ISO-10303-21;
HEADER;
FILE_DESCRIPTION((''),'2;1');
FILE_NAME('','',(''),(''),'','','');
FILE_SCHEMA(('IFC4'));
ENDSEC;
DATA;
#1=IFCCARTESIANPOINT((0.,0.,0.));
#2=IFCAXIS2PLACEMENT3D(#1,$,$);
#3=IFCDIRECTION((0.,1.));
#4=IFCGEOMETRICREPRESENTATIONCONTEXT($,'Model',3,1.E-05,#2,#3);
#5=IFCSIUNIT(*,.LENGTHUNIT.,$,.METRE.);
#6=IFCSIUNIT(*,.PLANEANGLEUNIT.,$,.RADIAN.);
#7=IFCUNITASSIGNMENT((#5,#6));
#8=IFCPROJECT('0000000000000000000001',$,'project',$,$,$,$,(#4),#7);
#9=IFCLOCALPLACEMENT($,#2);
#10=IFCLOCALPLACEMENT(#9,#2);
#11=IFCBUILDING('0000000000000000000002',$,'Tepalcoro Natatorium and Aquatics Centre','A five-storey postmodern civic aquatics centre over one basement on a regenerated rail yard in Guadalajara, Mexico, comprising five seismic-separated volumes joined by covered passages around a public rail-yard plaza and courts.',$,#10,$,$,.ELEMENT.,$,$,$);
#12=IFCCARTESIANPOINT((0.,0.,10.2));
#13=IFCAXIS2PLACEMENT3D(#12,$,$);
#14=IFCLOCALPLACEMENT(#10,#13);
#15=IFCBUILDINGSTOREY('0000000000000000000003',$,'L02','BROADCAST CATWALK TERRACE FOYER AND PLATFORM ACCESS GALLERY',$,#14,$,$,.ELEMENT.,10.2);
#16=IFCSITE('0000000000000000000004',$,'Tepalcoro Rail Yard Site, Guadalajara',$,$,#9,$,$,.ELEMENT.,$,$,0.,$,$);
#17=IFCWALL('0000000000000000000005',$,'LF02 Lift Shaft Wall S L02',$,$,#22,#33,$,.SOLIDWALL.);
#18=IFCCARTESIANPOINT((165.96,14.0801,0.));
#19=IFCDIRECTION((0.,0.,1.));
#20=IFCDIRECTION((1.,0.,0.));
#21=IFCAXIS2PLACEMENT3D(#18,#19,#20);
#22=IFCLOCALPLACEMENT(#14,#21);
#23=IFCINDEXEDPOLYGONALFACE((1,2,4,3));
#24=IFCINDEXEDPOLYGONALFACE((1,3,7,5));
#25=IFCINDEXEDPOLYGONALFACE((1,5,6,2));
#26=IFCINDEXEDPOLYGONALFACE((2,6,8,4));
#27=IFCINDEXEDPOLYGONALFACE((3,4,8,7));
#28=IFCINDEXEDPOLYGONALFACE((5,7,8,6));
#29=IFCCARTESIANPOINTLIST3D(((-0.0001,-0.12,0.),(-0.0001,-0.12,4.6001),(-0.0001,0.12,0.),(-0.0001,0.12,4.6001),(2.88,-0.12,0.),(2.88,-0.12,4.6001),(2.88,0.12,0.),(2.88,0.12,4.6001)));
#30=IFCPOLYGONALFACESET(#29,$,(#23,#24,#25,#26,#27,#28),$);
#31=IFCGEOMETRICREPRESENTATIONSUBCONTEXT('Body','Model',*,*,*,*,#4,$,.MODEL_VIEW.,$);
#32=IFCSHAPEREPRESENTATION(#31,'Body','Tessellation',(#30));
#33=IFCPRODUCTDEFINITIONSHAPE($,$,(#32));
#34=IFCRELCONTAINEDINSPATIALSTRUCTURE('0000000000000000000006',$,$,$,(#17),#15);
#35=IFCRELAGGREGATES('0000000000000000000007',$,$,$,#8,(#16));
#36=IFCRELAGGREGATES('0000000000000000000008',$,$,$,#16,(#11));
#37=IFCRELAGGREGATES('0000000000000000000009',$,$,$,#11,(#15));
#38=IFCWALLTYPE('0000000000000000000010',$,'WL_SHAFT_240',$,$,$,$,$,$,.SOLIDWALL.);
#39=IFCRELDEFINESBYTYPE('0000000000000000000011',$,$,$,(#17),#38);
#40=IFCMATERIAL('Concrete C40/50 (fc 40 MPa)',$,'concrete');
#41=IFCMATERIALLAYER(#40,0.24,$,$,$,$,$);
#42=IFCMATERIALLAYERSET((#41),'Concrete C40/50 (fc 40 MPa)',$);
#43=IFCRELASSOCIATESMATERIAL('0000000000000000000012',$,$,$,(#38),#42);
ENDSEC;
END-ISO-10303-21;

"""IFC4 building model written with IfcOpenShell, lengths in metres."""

from ifc_helpers import new_model, si_unit, direction, frame, frame_2d, origin, place, context, subcontext, project, spatial, rectangle, extrude, material, layer, layer_set, type_object, element, save


model = new_model("IFC4")

# Units and contexts
model_context = context("Model", 3, precision=1e-05, world=origin(), true_north=direction((0.0, 1.0)))
body_context = subcontext(model_context, "Body", "Model", "MODEL_VIEW")
ifc_project = project(units=[si_unit("LENGTHUNIT", "METRE"), si_unit("PLANEANGLEUNIT", "RADIAN")], contexts=[model_context])

# Site, building, storey
site_placement = place(None, origin())
site = spatial("IfcSite", under=ifc_project, at=site_placement, Name="Tepalcoro Rail Yard Site, Guadalajara", CompositionType="ELEMENT", RefElevation=0.0)
building_placement = place(site_placement, origin())
building = spatial("IfcBuilding", under=site, at=building_placement, Name="Tepalcoro Natatorium and Aquatics Centre", Description="A five-storey postmodern civic aquatics centre over one basement on a regenerated rail yard in Guadalajara, Mexico, comprising five seismic-separated volumes joined by covered passages around a public rail-yard plaza and courts.", CompositionType="ELEMENT")
storey_placement = place(building_placement, frame((0.0, 0.0, 10.2)))
storey = spatial("IfcBuildingStorey", under=building, at=storey_placement, Name="L02", Description="BROADCAST CATWALK TERRACE FOYER AND PLATFORM ACCESS GALLERY", CompositionType="ELEMENT", Elevation=10.2)

# Wall
ifc_material_1 = material(Name="Concrete C40/50 (fc 40 MPa)", Category="concrete")
ifc_layer_1 = layer(ifc_material_1, 0.24)
ifc_layer_set_1 = layer_set([ifc_layer_1], Name="Concrete C40/50 (fc 40 MPa)")
wall_type = type_object("IfcWallType", Name="WL_SHAFT_240", PredefinedType="SOLIDWALL", material=ifc_layer_set_1)
wall_1_placement = place(storey_placement, frame((165.96, 14.0801, 0.0), z_axis=(0.0, 0.0, 1.0), x_axis=(1.0, 0.0, 0.0)))
element("IfcWall", 1, at=wall_1_placement, inside=storey, type_object=wall_type, Name="LF02 Lift Shaft Wall S L02", PredefinedType="SOLIDWALL", context=body_context, shape_type="SweptSolid", body=[
    extrude(rectangle(XDim=2.8801, YDim=0.24, at=frame_2d((1.4399, 0.0))), origin(), (0.0, 0.0, 1.0), 4.6001),
])

save(model, "model.ifc")
